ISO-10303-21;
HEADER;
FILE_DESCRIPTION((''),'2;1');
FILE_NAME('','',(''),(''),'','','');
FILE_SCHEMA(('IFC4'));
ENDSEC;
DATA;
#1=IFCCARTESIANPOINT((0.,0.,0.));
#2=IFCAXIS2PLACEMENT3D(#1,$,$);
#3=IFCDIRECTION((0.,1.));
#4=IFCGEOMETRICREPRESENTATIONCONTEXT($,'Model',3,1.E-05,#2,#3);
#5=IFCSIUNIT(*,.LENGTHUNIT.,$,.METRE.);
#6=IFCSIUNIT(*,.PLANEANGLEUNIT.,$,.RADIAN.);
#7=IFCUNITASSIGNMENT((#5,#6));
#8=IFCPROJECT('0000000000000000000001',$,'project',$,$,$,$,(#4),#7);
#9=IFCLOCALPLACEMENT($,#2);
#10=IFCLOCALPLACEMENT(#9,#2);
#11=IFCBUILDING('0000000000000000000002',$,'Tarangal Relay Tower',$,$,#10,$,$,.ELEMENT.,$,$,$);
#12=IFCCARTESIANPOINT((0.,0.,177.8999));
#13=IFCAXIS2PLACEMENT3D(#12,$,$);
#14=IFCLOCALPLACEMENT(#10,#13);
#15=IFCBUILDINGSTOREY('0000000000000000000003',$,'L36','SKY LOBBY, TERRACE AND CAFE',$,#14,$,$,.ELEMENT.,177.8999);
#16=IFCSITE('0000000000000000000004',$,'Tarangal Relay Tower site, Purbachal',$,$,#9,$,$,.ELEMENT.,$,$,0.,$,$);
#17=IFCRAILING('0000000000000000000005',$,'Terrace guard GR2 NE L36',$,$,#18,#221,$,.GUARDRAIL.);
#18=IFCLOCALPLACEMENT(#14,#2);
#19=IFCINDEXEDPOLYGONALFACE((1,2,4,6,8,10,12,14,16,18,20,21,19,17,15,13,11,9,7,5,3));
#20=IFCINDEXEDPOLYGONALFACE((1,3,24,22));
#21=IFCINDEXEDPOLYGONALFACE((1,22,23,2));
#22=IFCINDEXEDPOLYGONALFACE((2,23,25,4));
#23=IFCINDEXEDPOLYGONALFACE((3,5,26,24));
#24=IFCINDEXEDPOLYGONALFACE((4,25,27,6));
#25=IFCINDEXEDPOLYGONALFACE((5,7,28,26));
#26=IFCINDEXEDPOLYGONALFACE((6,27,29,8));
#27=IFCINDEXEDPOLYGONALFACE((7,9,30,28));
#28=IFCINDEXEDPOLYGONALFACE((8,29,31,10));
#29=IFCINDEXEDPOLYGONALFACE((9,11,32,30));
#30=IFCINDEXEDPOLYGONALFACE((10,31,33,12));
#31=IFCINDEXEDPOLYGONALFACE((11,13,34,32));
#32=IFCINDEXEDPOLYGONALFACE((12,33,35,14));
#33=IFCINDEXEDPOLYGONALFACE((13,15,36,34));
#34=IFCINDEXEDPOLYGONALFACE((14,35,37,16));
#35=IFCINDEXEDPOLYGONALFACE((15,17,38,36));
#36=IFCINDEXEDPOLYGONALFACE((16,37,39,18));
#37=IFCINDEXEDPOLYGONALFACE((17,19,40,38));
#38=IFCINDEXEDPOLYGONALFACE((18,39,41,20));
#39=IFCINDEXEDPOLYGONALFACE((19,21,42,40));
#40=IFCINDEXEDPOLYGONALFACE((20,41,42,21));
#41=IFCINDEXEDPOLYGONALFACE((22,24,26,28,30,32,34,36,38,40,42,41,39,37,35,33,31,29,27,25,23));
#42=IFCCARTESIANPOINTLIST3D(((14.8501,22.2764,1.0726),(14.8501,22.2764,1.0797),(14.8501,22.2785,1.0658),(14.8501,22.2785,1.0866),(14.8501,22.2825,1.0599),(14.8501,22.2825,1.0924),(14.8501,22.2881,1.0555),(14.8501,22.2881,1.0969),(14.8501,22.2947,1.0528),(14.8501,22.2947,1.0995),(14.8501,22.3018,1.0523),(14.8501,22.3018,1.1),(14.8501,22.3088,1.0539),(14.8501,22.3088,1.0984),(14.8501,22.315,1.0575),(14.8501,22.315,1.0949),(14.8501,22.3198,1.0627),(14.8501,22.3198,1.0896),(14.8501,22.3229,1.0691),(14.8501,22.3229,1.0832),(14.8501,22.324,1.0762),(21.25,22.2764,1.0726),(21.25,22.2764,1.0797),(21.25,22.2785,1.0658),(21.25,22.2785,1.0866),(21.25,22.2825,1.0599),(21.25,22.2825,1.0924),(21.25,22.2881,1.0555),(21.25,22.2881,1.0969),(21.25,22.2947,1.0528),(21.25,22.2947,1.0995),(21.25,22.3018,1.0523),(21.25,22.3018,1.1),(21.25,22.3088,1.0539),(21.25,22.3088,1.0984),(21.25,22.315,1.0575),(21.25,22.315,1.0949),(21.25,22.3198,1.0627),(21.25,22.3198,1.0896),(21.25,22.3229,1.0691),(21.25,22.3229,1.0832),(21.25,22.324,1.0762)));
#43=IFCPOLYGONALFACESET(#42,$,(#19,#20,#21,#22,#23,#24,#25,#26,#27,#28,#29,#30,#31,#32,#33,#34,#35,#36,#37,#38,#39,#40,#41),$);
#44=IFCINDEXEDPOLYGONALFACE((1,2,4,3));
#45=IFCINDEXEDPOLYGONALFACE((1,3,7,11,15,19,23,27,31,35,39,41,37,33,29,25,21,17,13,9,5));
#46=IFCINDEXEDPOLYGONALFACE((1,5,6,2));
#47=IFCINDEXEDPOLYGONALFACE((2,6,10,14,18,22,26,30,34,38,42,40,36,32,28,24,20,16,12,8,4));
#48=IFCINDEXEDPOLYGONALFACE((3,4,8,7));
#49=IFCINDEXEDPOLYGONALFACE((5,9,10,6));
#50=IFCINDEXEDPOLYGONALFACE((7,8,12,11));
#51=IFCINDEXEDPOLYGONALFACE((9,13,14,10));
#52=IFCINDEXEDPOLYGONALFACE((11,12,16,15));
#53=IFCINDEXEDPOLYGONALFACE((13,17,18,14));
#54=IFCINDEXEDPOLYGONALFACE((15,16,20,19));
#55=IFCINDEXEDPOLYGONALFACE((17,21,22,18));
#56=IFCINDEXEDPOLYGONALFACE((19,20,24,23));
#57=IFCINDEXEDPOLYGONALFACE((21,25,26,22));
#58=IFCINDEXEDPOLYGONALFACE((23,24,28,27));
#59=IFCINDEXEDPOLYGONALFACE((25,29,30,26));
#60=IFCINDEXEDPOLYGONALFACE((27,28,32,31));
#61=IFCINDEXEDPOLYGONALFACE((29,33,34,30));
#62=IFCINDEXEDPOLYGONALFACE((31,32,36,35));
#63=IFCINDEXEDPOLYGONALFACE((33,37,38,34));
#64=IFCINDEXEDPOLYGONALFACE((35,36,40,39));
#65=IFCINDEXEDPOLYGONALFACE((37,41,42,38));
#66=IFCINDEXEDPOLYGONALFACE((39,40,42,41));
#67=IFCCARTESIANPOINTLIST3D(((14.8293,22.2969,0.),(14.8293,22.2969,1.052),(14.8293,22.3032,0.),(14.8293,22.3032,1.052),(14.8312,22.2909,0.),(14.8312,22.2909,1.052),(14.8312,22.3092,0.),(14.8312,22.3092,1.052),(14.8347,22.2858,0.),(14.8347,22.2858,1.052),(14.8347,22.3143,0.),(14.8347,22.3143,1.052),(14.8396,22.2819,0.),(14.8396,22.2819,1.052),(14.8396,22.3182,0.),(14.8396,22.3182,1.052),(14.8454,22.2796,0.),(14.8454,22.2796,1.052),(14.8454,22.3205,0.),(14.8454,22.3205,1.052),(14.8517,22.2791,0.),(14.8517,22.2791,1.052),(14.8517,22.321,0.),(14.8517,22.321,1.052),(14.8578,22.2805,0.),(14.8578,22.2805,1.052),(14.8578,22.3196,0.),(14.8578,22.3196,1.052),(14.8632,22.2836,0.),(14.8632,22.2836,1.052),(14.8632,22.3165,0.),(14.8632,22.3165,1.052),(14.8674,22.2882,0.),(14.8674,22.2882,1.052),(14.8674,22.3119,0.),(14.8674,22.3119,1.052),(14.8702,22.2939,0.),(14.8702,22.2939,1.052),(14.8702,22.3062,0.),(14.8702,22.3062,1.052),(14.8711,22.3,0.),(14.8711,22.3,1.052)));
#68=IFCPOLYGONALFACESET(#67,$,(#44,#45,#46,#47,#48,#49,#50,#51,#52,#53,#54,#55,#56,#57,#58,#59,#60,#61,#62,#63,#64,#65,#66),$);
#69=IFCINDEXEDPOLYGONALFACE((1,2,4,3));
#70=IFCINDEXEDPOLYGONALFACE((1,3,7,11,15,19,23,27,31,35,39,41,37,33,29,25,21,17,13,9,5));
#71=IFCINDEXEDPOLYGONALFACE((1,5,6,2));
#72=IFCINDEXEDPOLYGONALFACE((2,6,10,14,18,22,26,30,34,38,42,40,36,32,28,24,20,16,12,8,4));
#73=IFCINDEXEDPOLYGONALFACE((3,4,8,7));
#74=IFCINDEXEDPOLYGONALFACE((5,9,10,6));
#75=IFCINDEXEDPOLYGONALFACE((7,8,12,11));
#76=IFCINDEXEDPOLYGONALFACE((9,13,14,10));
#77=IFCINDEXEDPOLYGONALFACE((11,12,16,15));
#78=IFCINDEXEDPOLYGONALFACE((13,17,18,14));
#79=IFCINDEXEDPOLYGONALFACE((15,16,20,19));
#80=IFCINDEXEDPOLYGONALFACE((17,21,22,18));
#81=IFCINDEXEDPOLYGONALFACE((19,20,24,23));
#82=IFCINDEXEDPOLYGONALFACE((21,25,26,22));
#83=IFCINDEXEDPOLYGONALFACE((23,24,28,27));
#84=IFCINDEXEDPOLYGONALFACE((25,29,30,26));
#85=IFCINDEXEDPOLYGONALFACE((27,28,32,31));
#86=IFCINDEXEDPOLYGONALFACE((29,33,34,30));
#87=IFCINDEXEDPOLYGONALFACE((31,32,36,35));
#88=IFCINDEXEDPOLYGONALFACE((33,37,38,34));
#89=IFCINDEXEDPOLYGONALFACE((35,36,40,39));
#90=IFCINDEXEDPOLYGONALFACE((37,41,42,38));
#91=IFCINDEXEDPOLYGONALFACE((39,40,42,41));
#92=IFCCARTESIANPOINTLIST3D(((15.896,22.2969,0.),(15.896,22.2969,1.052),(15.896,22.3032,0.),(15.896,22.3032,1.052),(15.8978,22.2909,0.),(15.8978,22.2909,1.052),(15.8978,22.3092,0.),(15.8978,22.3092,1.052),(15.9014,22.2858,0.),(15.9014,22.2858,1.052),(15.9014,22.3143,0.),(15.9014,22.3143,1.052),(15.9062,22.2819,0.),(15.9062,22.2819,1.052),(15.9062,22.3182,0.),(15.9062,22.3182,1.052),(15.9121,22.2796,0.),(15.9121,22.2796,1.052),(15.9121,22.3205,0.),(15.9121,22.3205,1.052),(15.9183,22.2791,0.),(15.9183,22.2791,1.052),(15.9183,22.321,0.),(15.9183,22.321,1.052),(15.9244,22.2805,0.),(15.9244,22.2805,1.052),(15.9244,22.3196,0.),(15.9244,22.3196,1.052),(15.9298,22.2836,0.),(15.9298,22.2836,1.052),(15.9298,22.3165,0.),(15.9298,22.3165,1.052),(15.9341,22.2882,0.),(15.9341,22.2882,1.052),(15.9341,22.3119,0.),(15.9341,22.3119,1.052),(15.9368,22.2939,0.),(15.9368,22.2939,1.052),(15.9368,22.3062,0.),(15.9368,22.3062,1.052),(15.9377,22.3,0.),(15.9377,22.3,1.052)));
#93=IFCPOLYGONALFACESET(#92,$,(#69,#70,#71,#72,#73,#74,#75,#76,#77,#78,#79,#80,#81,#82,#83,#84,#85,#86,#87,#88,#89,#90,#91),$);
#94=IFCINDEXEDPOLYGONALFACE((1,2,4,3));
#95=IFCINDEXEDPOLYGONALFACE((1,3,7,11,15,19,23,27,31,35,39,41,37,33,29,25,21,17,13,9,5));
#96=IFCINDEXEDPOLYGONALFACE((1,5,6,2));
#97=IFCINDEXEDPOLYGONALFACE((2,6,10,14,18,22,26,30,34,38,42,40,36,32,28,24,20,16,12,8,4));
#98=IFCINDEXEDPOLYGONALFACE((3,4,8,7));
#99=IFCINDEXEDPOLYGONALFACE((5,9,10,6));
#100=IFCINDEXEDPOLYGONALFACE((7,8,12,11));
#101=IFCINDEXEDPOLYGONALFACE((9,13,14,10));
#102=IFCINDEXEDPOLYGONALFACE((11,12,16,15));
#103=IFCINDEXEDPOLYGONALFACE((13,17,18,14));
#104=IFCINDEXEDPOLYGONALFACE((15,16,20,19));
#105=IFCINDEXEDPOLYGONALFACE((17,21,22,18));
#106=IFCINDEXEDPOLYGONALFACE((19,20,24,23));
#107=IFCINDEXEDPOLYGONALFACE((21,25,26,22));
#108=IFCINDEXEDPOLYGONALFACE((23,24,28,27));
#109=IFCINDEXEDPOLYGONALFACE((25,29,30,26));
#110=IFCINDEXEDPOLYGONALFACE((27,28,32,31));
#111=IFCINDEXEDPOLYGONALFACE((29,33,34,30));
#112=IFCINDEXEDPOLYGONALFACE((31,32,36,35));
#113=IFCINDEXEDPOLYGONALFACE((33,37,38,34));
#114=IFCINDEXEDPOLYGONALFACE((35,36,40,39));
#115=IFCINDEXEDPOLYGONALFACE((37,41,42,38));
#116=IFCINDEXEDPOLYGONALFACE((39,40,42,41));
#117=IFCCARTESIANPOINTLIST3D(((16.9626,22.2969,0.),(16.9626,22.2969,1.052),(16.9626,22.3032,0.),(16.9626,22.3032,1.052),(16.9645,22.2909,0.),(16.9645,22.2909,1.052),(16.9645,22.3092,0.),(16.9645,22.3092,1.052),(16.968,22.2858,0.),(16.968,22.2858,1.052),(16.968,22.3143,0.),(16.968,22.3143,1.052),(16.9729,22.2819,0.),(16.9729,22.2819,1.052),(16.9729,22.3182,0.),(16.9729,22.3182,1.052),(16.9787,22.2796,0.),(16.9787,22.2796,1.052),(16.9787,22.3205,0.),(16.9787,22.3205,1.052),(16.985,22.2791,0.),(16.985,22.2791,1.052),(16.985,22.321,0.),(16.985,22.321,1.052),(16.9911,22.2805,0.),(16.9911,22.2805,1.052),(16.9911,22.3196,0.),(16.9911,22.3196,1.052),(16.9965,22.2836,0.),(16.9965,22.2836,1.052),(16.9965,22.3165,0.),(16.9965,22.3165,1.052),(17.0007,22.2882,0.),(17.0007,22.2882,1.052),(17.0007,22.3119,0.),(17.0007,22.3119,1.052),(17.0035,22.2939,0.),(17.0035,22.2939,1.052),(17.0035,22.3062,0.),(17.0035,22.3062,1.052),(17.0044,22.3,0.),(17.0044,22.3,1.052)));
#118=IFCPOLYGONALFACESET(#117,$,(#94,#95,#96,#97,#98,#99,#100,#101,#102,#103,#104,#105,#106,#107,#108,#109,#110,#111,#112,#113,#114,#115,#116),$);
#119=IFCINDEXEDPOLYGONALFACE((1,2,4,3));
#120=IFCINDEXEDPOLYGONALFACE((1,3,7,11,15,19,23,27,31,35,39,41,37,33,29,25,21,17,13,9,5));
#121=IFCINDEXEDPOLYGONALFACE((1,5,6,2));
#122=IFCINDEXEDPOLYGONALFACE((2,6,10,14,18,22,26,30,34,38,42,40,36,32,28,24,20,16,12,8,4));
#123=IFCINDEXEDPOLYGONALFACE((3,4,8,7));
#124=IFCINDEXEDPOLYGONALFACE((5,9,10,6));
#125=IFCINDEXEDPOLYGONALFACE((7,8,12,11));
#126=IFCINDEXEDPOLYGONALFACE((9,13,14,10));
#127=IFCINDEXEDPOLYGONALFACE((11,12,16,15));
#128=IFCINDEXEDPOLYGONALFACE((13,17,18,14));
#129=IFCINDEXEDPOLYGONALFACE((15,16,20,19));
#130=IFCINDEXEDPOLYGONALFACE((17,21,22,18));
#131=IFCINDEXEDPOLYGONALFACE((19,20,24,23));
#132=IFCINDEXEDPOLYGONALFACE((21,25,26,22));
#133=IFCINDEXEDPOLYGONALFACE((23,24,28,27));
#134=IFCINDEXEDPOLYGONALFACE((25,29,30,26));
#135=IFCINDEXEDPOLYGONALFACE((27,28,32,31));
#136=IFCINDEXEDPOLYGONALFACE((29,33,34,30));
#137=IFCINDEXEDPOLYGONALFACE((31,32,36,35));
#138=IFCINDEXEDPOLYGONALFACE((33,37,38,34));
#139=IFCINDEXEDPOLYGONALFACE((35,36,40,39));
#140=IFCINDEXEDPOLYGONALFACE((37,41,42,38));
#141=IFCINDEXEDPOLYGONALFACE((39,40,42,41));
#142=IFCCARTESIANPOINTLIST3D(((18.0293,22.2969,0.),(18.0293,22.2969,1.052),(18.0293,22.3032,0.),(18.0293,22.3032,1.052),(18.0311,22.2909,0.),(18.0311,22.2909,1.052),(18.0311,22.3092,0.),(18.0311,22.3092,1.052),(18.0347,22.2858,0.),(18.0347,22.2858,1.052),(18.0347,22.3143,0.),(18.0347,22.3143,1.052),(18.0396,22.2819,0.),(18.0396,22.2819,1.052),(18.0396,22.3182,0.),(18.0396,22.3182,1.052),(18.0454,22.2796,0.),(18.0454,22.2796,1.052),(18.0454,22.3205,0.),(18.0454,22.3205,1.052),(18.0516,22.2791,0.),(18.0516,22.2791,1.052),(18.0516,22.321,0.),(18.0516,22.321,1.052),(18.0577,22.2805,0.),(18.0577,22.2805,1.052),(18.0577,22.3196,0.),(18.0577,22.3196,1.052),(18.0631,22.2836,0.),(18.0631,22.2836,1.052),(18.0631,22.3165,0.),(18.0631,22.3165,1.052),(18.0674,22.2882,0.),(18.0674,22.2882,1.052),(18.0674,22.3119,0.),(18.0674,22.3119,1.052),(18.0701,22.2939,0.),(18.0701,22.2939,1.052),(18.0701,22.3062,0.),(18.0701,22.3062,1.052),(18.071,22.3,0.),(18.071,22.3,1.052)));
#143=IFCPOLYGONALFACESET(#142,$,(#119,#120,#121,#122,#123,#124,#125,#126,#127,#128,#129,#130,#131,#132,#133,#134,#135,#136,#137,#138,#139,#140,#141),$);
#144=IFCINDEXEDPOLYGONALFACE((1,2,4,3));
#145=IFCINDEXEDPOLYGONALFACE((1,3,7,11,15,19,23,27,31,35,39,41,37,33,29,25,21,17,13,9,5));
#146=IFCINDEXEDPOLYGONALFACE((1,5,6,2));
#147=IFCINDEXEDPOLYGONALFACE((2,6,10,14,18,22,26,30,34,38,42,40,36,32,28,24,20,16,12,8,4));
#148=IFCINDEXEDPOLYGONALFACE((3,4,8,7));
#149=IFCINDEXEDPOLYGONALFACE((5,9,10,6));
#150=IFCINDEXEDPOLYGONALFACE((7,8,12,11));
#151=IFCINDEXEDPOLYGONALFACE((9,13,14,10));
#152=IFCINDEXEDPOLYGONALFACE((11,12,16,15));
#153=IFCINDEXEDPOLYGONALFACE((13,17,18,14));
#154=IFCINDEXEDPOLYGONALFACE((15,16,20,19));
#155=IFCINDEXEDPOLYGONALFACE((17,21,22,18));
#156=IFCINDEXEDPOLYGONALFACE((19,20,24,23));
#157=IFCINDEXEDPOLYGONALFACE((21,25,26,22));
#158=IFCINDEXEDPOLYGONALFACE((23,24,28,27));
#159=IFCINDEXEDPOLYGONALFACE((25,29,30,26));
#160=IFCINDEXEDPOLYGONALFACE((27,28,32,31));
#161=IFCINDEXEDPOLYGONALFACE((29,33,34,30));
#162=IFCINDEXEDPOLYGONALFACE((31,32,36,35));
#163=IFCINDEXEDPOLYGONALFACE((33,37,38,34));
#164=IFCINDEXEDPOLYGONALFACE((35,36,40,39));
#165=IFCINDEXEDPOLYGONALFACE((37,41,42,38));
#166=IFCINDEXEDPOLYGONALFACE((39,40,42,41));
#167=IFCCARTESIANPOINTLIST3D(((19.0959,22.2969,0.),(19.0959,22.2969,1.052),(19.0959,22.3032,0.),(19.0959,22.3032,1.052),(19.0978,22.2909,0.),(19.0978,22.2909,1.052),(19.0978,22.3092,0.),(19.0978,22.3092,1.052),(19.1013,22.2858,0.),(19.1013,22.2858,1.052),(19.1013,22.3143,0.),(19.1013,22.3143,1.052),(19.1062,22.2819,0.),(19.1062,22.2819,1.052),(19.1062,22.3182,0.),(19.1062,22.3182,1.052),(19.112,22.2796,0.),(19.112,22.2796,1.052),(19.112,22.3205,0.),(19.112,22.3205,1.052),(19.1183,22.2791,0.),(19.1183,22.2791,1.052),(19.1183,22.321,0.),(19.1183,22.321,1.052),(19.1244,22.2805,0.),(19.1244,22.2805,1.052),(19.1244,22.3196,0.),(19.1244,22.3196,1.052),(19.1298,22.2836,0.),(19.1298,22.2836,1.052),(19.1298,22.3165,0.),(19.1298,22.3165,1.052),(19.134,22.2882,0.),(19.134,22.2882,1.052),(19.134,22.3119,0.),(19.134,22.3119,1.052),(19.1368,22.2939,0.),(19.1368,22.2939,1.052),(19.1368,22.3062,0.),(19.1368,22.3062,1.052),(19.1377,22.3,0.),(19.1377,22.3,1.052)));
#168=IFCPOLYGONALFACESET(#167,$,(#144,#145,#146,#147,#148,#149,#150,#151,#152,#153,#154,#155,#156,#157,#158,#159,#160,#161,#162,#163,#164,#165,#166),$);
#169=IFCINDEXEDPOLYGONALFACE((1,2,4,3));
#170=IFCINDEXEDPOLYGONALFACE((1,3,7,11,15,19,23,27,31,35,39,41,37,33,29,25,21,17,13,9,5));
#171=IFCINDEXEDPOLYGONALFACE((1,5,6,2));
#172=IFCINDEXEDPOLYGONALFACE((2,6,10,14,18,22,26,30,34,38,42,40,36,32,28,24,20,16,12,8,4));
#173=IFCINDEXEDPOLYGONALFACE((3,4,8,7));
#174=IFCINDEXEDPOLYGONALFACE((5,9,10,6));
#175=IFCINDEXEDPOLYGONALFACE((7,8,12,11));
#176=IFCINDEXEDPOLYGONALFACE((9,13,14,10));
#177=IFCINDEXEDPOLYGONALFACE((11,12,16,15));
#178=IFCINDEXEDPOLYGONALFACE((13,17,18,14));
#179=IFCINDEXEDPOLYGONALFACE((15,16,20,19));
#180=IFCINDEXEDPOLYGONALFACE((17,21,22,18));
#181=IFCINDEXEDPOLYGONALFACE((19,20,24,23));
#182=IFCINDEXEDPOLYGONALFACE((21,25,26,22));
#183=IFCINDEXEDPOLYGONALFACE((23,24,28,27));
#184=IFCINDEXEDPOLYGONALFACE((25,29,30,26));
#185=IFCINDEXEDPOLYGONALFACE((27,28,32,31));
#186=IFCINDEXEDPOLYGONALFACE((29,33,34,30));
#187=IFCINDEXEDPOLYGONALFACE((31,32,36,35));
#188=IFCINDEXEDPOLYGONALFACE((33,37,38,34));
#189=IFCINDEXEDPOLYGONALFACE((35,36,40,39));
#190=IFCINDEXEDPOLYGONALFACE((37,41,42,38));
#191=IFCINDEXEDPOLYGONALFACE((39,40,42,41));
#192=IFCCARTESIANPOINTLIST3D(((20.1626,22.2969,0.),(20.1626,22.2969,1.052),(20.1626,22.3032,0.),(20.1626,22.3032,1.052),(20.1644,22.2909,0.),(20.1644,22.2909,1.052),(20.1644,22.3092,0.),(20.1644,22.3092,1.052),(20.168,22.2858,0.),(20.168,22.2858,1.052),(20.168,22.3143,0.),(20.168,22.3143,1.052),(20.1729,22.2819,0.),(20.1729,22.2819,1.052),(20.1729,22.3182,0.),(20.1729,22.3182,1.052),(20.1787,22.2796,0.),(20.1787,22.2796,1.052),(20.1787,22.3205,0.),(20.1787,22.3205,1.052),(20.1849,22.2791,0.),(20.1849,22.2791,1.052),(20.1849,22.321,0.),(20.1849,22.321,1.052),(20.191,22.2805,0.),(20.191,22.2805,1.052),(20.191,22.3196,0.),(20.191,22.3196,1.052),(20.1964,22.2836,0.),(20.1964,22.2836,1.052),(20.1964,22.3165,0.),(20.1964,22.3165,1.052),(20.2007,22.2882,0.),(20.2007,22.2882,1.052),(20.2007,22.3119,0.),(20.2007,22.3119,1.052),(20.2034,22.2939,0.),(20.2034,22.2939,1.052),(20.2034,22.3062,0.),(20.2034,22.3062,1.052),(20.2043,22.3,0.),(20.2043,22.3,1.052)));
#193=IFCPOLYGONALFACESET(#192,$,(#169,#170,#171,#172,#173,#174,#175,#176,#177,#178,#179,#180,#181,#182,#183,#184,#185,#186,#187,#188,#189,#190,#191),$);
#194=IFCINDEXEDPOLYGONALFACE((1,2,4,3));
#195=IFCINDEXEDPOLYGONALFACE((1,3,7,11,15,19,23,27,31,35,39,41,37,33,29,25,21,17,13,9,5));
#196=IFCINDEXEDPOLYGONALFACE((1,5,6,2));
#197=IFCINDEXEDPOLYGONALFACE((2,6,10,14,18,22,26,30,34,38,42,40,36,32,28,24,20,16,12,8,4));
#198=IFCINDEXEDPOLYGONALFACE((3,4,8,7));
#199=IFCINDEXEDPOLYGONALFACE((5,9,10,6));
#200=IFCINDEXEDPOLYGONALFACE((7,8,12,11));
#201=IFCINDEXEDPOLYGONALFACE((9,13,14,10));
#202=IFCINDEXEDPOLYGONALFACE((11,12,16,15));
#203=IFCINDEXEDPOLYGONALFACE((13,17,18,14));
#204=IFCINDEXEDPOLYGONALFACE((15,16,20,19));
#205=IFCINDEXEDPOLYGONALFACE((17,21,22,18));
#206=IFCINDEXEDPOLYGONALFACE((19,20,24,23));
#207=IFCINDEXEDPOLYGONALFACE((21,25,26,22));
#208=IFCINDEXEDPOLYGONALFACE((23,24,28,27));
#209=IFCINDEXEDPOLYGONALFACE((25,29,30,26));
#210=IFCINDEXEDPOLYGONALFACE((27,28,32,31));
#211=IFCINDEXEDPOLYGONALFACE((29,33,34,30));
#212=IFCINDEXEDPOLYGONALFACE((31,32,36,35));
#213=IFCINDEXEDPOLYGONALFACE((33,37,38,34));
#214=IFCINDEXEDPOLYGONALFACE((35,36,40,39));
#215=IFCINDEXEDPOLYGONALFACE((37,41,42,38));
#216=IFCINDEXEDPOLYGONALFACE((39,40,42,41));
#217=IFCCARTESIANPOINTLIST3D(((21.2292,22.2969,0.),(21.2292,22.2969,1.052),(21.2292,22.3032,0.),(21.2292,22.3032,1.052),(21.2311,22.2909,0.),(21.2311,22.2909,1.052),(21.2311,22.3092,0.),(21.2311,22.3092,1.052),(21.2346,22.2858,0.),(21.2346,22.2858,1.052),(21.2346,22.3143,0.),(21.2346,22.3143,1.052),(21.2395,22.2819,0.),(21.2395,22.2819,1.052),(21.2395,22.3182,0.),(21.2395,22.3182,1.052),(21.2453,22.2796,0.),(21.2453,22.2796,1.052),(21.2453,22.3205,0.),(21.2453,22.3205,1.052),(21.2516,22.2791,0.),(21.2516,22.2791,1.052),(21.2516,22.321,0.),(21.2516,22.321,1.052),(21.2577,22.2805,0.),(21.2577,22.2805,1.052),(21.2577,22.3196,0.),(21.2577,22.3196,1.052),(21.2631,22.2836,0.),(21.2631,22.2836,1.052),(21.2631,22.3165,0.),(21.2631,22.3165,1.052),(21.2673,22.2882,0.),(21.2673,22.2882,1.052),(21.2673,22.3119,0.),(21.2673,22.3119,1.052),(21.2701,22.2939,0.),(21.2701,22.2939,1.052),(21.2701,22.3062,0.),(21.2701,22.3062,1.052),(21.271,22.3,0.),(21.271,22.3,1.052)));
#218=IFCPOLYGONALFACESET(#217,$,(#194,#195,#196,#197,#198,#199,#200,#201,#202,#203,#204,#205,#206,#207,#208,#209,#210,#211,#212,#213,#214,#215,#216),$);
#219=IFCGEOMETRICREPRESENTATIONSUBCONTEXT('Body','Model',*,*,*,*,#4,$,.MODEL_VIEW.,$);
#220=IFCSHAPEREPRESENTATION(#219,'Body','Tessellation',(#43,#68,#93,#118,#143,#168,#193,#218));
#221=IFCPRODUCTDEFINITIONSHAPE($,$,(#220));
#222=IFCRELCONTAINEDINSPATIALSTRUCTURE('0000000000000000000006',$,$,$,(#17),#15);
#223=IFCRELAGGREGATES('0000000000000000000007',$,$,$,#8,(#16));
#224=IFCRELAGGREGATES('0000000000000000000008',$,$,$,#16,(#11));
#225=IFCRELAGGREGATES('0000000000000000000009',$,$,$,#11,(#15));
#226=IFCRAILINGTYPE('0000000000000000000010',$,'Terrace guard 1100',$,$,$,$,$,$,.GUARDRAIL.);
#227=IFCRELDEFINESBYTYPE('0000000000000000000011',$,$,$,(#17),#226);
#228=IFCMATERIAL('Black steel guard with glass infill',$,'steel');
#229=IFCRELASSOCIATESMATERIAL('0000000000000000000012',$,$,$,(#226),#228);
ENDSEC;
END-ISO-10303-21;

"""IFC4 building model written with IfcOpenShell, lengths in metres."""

from ifc_helpers import new_model, si_unit, direction, frame, origin, origin_2d, place, context, subcontext, project, spatial, circle, extrude, material, type_object, element, save


model = new_model("IFC4")

# Units and contexts
model_context = context("Model", 3, precision=1e-05, world=origin(), true_north=direction((0.0, 1.0)))
body_context = subcontext(model_context, "Body", "Model", "MODEL_VIEW")
ifc_project = project(units=[si_unit("LENGTHUNIT", "METRE"), si_unit("PLANEANGLEUNIT", "RADIAN")], contexts=[model_context])

# Site, building, storey
site_placement = place(None, origin())
site = spatial("IfcSite", under=ifc_project, at=site_placement, Name="Tarangal Relay Tower site, Purbachal", CompositionType="ELEMENT", RefElevation=0.0)
building_placement = place(site_placement, origin())
building = spatial("IfcBuilding", under=site, at=building_placement, Name="Tarangal Relay Tower", CompositionType="ELEMENT")
storey_placement = place(building_placement, frame((0.0, 0.0, 177.8999)))
storey = spatial("IfcBuildingStorey", under=building, at=storey_placement, Name="L36", Description="SKY LOBBY, TERRACE AND CAFE", CompositionType="ELEMENT", Elevation=177.8999)

# Railing
ifc_material_1 = material(Name="Black steel guard with glass infill", Category="steel")
railing_type = type_object("IfcRailingType", Name="Terrace guard 1100", PredefinedType="GUARDRAIL", material=ifc_material_1)
railing_1_placement = place(storey_placement, frame((14.8501, 22.3, 0.0)))
element("IfcRailing", 1, at=railing_1_placement, inside=storey, type_object=railing_type, Name="Terrace guard GR2 NE L36", PredefinedType="GUARDRAIL", context=body_context, shape_type="SweptSolid", body=[
    extrude(circle(Radius=0.0239, at=origin_2d()), frame((0.0, 0.0, 1.0762), z_axis=(1.0, 0.0, 0.0), x_axis=(0.0, 1.0, 0.0)), (0.0, 0.0, 1.0), 6.3999),
    extrude(circle(Radius=0.021, at=origin_2d()), origin(), (0.0, 0.0, 1.0), 1.052),
    extrude(circle(Radius=0.021, at=origin_2d()), frame((1.0667, 0.0, 0.0)), (0.0, 0.0, 1.0), 1.052),
    extrude(circle(Radius=0.021, at=origin_2d()), frame((2.1333, 0.0, 0.0)), (0.0, 0.0, 1.0), 1.052),
    extrude(circle(Radius=0.021, at=origin_2d()), frame((3.2, 0.0, 0.0)), (0.0, 0.0, 1.0), 1.052),
    extrude(circle(Radius=0.021, at=origin_2d()), frame((4.2666, 0.0, 0.0)), (0.0, 0.0, 1.0), 1.052),
    extrude(circle(Radius=0.021, at=origin_2d()), frame((5.3333, 0.0, 0.0)), (0.0, 0.0, 1.0), 1.052),
    extrude(circle(Radius=0.021, at=origin_2d()), frame((6.3999, 0.0, 0.0)), (0.0, 0.0, 1.0), 1.052),
])

save(model, "model.ifc")
